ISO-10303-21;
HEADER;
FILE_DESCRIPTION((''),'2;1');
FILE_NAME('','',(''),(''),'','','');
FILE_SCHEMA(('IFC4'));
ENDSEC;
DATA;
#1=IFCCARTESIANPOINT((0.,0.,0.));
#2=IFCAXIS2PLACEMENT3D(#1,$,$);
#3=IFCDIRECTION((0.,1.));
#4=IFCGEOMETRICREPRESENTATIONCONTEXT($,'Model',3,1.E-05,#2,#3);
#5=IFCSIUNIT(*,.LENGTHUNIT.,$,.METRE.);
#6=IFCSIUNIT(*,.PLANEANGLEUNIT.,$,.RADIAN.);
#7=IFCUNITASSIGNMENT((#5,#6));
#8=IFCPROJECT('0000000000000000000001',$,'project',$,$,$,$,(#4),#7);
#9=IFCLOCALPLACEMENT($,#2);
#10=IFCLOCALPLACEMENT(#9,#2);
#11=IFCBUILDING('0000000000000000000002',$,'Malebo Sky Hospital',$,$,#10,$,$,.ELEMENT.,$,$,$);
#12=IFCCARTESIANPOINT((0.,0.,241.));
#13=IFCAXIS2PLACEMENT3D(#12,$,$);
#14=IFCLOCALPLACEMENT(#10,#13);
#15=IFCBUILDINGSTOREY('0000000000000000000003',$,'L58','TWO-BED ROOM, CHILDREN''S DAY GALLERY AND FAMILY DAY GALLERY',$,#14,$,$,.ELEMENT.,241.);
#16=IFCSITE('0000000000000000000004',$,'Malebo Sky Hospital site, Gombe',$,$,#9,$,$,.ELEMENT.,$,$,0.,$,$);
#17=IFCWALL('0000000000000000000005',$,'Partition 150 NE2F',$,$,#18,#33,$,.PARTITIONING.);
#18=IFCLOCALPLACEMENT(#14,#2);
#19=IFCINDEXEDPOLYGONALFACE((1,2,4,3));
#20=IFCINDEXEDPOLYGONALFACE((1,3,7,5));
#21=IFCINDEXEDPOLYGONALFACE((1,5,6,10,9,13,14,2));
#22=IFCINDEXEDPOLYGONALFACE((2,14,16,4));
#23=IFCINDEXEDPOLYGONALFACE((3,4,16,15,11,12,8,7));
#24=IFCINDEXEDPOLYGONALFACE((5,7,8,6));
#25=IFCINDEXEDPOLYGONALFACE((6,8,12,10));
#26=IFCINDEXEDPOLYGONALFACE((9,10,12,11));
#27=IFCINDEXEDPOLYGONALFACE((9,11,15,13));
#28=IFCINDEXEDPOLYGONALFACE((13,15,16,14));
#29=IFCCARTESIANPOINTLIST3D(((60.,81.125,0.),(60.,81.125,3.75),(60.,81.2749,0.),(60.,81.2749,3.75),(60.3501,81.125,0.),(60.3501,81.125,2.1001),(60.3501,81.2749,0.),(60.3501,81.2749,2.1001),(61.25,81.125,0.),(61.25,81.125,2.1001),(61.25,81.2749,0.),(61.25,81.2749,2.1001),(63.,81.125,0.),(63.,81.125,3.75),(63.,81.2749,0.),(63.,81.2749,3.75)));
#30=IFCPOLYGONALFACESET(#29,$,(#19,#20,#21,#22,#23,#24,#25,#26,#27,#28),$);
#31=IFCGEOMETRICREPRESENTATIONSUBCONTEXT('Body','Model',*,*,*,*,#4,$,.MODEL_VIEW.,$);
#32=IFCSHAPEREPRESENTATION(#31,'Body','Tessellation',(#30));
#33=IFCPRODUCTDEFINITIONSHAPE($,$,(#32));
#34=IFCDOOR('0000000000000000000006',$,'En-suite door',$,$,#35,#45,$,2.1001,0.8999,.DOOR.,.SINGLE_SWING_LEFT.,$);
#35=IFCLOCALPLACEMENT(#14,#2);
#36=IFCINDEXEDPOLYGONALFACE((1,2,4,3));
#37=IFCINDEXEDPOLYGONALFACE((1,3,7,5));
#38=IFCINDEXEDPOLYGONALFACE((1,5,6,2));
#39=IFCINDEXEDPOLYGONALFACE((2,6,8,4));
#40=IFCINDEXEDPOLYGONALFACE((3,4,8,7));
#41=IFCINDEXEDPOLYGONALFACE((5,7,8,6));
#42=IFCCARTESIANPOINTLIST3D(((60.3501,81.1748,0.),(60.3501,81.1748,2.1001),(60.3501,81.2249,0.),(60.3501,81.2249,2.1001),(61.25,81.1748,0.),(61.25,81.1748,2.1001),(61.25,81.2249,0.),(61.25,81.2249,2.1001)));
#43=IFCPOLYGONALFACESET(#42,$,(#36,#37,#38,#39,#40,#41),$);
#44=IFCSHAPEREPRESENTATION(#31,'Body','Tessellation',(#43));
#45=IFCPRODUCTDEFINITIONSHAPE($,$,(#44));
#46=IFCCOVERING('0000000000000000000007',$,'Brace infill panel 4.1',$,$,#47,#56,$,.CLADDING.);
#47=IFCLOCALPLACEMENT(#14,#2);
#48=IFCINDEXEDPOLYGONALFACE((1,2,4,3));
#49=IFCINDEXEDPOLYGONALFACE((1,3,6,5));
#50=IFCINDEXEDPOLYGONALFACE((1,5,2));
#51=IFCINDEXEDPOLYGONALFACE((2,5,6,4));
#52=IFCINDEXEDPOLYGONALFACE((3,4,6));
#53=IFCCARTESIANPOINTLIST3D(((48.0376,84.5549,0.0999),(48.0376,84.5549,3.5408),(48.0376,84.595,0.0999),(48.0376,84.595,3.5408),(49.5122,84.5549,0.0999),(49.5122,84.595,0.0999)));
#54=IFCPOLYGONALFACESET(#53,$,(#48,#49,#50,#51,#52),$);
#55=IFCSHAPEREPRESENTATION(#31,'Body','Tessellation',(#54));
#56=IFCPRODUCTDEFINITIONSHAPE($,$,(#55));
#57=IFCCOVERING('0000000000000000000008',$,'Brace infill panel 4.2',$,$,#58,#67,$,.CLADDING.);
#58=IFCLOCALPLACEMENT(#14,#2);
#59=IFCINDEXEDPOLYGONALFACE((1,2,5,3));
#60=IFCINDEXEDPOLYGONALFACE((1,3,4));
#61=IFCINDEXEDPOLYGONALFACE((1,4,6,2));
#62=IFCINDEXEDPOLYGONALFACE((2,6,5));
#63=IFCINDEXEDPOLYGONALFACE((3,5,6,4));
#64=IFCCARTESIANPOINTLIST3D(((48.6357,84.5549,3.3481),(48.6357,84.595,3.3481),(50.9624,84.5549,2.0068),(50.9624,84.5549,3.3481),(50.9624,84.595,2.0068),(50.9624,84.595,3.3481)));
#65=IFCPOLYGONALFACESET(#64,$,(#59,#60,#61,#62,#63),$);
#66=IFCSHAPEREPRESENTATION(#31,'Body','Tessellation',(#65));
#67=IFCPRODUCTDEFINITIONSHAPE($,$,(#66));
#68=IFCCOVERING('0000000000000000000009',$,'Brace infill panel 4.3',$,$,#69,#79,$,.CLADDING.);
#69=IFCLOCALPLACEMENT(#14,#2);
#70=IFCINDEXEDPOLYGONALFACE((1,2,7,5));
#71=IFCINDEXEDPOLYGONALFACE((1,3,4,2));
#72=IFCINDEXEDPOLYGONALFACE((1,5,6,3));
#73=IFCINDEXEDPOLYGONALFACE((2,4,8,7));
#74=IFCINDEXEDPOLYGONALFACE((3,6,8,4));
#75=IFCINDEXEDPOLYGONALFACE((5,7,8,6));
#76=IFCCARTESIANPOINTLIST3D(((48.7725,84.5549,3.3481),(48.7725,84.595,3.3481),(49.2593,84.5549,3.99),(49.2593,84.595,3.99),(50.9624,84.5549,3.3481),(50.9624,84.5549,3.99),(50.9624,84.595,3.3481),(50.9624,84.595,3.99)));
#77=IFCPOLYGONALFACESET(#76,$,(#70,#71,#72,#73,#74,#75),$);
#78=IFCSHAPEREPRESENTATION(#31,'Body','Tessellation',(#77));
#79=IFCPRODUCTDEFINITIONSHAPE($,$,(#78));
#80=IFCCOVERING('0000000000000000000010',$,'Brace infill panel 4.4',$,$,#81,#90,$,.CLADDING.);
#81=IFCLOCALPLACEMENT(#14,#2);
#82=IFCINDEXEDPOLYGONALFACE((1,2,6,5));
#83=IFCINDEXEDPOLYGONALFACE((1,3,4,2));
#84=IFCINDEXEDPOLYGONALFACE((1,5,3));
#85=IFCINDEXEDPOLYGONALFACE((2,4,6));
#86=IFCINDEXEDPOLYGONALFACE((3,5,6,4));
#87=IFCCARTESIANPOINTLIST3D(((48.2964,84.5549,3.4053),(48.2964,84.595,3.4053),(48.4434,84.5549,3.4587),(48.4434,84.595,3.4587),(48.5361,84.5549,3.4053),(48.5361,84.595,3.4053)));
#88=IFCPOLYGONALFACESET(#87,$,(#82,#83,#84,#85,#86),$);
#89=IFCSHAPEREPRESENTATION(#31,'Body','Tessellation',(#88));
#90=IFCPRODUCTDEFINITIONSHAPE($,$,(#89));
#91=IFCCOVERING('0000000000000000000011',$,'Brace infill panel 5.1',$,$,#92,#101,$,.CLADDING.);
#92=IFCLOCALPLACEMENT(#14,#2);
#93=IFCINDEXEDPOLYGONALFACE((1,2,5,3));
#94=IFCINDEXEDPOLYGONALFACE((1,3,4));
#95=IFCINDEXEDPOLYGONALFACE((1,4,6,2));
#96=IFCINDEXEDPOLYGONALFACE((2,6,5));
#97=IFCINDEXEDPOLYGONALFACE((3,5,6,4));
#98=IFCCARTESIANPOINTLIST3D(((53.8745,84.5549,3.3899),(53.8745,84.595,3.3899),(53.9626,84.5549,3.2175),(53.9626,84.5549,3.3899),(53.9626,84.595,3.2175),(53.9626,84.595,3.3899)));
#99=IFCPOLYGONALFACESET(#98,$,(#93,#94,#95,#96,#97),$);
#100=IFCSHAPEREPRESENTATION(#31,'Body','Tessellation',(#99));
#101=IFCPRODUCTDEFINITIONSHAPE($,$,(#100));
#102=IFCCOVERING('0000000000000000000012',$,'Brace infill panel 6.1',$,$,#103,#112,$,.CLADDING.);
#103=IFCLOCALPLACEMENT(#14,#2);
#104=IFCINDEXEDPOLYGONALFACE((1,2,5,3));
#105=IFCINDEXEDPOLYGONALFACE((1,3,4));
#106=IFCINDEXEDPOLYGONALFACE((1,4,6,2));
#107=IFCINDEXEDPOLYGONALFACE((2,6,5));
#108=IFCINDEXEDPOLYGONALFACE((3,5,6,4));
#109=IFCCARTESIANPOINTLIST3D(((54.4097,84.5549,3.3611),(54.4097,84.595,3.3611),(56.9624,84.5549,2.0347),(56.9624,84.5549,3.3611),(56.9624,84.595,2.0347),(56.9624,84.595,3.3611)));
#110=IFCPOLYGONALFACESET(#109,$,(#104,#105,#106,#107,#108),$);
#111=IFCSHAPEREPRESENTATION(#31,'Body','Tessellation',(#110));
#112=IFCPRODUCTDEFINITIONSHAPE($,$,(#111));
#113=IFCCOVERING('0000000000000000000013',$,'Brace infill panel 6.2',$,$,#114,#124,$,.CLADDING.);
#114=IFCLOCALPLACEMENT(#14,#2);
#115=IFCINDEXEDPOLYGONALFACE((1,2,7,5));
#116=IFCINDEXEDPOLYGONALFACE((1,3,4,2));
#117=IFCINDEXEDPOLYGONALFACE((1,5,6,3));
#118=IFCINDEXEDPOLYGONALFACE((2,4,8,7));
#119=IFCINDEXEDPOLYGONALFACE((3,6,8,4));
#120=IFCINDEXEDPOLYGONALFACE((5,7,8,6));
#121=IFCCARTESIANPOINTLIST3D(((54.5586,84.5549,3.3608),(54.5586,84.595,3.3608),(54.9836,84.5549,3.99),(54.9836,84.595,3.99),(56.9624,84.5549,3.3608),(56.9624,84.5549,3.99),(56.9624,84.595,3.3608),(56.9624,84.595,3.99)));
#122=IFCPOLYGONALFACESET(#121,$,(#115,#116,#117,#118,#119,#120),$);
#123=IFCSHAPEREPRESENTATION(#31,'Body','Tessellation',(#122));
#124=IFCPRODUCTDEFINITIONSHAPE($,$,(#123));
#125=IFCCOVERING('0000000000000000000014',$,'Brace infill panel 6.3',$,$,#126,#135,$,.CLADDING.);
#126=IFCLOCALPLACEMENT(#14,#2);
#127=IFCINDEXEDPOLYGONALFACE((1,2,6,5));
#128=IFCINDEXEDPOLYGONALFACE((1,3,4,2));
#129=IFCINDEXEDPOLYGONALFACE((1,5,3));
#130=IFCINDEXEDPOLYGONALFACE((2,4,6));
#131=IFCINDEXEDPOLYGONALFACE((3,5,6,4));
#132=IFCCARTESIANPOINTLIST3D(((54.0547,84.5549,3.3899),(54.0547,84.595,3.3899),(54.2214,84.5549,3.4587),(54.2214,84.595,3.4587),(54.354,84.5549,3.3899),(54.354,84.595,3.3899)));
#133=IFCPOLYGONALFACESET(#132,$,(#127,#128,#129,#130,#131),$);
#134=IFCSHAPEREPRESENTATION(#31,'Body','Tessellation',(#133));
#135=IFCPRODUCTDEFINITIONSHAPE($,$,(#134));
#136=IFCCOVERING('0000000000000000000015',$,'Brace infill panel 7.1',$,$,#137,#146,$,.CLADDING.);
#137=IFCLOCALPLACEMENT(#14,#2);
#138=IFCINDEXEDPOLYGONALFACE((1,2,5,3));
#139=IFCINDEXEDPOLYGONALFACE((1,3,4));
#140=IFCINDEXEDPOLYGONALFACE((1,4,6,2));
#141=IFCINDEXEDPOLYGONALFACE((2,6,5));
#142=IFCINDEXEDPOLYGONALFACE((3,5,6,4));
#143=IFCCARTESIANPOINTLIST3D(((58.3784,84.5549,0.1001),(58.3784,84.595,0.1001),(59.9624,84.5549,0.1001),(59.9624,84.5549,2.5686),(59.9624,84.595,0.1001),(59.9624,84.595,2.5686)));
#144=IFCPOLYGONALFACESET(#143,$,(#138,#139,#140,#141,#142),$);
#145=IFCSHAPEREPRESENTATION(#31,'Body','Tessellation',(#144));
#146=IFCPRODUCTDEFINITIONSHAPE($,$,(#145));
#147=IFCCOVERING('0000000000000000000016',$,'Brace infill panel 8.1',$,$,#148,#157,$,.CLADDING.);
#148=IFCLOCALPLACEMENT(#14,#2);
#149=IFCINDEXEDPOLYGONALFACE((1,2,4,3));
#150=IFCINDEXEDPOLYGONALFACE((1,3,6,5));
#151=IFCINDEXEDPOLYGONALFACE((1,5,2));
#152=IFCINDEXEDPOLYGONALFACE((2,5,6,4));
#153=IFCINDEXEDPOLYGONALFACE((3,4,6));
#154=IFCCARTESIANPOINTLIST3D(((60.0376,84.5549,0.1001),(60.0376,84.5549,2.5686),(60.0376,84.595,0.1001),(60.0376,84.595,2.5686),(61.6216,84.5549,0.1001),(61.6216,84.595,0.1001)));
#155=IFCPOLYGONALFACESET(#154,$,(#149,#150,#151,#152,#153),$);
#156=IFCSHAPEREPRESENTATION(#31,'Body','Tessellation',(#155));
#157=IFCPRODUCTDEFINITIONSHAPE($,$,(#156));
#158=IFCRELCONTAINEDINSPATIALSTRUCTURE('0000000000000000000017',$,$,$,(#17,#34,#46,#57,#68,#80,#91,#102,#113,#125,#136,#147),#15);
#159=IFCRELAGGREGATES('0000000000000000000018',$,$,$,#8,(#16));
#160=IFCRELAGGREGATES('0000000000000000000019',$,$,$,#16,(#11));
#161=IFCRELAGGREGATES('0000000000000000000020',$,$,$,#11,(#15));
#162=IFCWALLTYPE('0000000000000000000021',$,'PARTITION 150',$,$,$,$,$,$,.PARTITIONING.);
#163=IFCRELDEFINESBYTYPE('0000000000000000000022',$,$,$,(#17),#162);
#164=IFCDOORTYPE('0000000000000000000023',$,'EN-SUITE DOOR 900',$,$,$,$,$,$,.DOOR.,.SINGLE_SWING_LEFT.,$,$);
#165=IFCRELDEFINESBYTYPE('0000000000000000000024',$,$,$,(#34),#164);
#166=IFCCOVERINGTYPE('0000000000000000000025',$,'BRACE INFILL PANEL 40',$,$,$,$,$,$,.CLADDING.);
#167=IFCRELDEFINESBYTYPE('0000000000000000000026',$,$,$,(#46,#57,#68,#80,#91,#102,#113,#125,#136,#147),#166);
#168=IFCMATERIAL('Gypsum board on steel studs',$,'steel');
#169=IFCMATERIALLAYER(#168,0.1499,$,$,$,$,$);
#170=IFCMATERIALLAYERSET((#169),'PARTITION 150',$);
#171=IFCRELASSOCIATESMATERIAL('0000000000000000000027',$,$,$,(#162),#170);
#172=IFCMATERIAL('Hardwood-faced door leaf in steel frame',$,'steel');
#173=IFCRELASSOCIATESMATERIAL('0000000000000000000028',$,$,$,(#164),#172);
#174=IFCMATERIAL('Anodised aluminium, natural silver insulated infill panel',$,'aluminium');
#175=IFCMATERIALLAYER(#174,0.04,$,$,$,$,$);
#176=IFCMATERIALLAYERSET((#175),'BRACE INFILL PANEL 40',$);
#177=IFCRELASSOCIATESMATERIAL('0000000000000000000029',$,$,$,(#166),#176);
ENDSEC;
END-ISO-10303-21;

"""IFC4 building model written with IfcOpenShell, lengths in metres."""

from ifc_helpers import new_model, si_unit, direction, frame, frame_2d, origin, place, context, subcontext, project, spatial, polyline, rectangle, outline, extrude, material, layer, layer_set, type_object, element, fill, save


model = new_model("IFC4")

# Units and contexts
model_context = context("Model", 3, precision=1e-05, world=origin(), true_north=direction((0.0, 1.0)))
body_context = subcontext(model_context, "Body", "Model", "MODEL_VIEW")
ifc_project = project(units=[si_unit("LENGTHUNIT", "METRE"), si_unit("PLANEANGLEUNIT", "RADIAN")], contexts=[model_context])

# Site, building, storey
site_placement = place(None, origin())
site = spatial("IfcSite", under=ifc_project, at=site_placement, Name="Malebo Sky Hospital site, Gombe", CompositionType="ELEMENT", RefElevation=0.0)
building_placement = place(site_placement, origin())
building = spatial("IfcBuilding", under=site, at=building_placement, Name="Malebo Sky Hospital", CompositionType="ELEMENT")
storey_placement = place(building_placement, frame((0.0, 0.0, 241.0)))
storey = spatial("IfcBuildingStorey", under=building, at=storey_placement, Name="L58", Description="TWO-BED ROOM, CHILDREN'S DAY GALLERY AND FAMILY DAY GALLERY", CompositionType="ELEMENT", Elevation=241.0)

# Shared definitions
ifc_material_1 = material(Name="Gypsum board on steel studs", Category="steel")
ifc_layer_1 = layer(ifc_material_1, 0.1499)
ifc_layer_set_1 = layer_set([ifc_layer_1], Name="PARTITION 150")
wall_type = type_object("IfcWallType", Name="PARTITION 150", PredefinedType="PARTITIONING", material=ifc_layer_set_1)

# Wall, opening, door
ifc_material_2 = material(Name="Hardwood-faced door leaf in steel frame", Category="steel")
door_type = type_object("IfcDoorType", Name="EN-SUITE DOOR 900", OperationType="SINGLE_SWING_LEFT", PredefinedType="DOOR", material=ifc_material_2)
wall_1_placement = place(storey_placement, frame((60.0, 81.2, 0.0), z_axis=(0.0, 0.0, 1.0), x_axis=(1.0, 0.0, 0.0)))
wall_1 = element("IfcWall", 1, at=wall_1_placement, inside=storey, type_object=wall_type, Name="Partition 150 NE2F", PredefinedType="PARTITIONING", context=body_context, shape_type="SweptSolid", body=[
    extrude(rectangle(XDim=3.0, YDim=0.1499, at=frame_2d((1.5, 0.0))), origin(), (0.0, 0.0, 1.0), 3.75),
])
opening_1_placement = place(wall_1_placement, frame((0.3501, 0.0, 0.0)))
opening_1 = element("IfcOpeningElement", 2, at=opening_1_placement, cuts=wall_1, PredefinedType="OPENING", context=body_context, shape_type="SweptSolid", body=[
    extrude(rectangle(XDim=0.8999, YDim=2.1001, at=frame_2d((0.45, 1.05))), frame((0.0, 0.085, 0.0), z_axis=(0.0, -1.0, 0.0), x_axis=(1.0, 0.0, 0.0)), (0.0, 0.0, 1.0), 0.1699),
])
door_1_placement = place(opening_1_placement, origin())
door_1 = element("IfcDoor", 3, at=door_1_placement, inside=storey, type_object=door_type, Name="En-suite door", OperationType="SINGLE_SWING_LEFT", OverallHeight=2.1001, OverallWidth=0.8999, PredefinedType="DOOR", context=body_context, shape_type="SweptSolid", body=[
    extrude(rectangle(XDim=0.8999, YDim=2.1001, at=frame_2d((0.45, 1.05))), frame((0.0, 0.0249, 0.0), z_axis=(0.0, -1.0, 0.0), x_axis=(1.0, 0.0, 0.0)), (0.0, 0.0, 1.0), 0.05),
])
fill(opening_1, door_1)

# Coverings
ifc_material_3 = material(Name="Anodised aluminium, natural silver insulated infill panel", Category="aluminium")
ifc_layer_2 = layer(ifc_material_3, 0.04)
ifc_layer_set_2 = layer_set([ifc_layer_2], Name="BRACE INFILL PANEL 40")
covering_type = type_object("IfcCoveringType", Name="BRACE INFILL PANEL 40", PredefinedType="CLADDING", material=ifc_layer_set_2)
covering_1_placement = place(storey_placement, frame((48.7749, 84.575, 0.0999), z_axis=(0.0, 0.0, 1.0), x_axis=(1.0, 0.0, 0.0)))
element("IfcCovering", 4, at=covering_1_placement, inside=storey, type_object=covering_type, Name="Brace infill panel 4.1", PredefinedType="CLADDING", context=body_context, shape_type="SweptSolid", body=[
    extrude(outline(polyline([(-0.7373, 0.0), (0.7373, 0.0), (-0.7373, 3.4409), (-0.7373, 0.0)])), frame((0.0, 0.02, 0.0), z_axis=(0.0, -1.0, 0.0), x_axis=(1.0, 0.0, 0.0)), (0.0, 0.0, 1.0), 0.04),
])
covering_2_placement = place(storey_placement, frame((49.7991, 84.575, 2.0068), z_axis=(0.0, 0.0, 1.0), x_axis=(1.0, 0.0, 0.0)))
element("IfcCovering", 5, at=covering_2_placement, inside=storey, type_object=covering_type, Name="Brace infill panel 4.2", PredefinedType="CLADDING", context=body_context, shape_type="SweptSolid", body=[
    extrude(outline(polyline([(1.1633, 0.0), (1.1633, 1.3413), (-1.1633, 1.3413), (1.1633, 0.0)])), frame((0.0, 0.02, 0.0), z_axis=(0.0, -1.0, 0.0), x_axis=(1.0, 0.0, 0.0)), (0.0, 0.0, 1.0), 0.04),
])
covering_3_placement = place(storey_placement, frame((49.8674, 84.575, 3.3481), z_axis=(0.0, 0.0, 1.0), x_axis=(1.0, 0.0, 0.0)))
element("IfcCovering", 6, at=covering_3_placement, inside=storey, type_object=covering_type, Name="Brace infill panel 4.3", PredefinedType="CLADDING", context=body_context, shape_type="SweptSolid", body=[
    extrude(outline(polyline([(-1.095, 0.0), (1.095, 0.0), (1.095, 0.6418), (-0.6082, 0.6418), (-1.095, 0.0)])), frame((0.0, 0.02, 0.0), z_axis=(0.0, -1.0, 0.0), x_axis=(1.0, 0.0, 0.0)), (0.0, 0.0, 1.0), 0.04),
])
covering_4_placement = place(storey_placement, frame((48.4163, 84.575, 3.4053), z_axis=(0.0, 0.0, 1.0), x_axis=(1.0, 0.0, 0.0)))
element("IfcCovering", 7, at=covering_4_placement, inside=storey, type_object=covering_type, Name="Brace infill panel 4.4", PredefinedType="CLADDING", context=body_context, shape_type="SweptSolid", body=[
    extrude(outline(polyline([(-0.1199, 0.0), (0.1199, 0.0), (0.0271, 0.0535), (-0.1199, 0.0)])), frame((0.0, 0.02, 0.0), z_axis=(0.0, -1.0, 0.0), x_axis=(1.0, 0.0, 0.0)), (0.0, 0.0, 1.0), 0.04),
])
covering_5_placement = place(storey_placement, frame((53.9185, 84.575, 3.2175), z_axis=(0.0, 0.0, 1.0), x_axis=(1.0, 0.0, 0.0)))
element("IfcCovering", 8, at=covering_5_placement, inside=storey, type_object=covering_type, Name="Brace infill panel 5.1", PredefinedType="CLADDING", context=body_context, shape_type="SweptSolid", body=[
    extrude(outline(polyline([(0.0442, 0.0), (0.0442, 0.1724), (-0.0439, 0.1724), (0.0442, 0.0)])), frame((0.0, 0.02, 0.0), z_axis=(0.0, -1.0, 0.0), x_axis=(1.0, 0.0, 0.0)), (0.0, 0.0, 1.0), 0.04),
])
covering_6_placement = place(storey_placement, frame((55.686, 84.575, 2.0347), z_axis=(0.0, 0.0, 1.0), x_axis=(1.0, 0.0, 0.0)))
element("IfcCovering", 9, at=covering_6_placement, inside=storey, type_object=covering_type, Name="Brace infill panel 6.1", PredefinedType="CLADDING", context=body_context, shape_type="SweptSolid", body=[
    extrude(outline(polyline([(1.2764, 0.0), (1.2764, 1.3264), (-1.2764, 1.3264), (1.2764, 0.0)])), frame((0.0, 0.02, 0.0), z_axis=(0.0, -1.0, 0.0), x_axis=(1.0, 0.0, 0.0)), (0.0, 0.0, 1.0), 0.04),
])
covering_7_placement = place(storey_placement, frame((55.7605, 84.575, 3.3608), z_axis=(0.0, 0.0, 1.0), x_axis=(1.0, 0.0, 0.0)))
element("IfcCovering", 10, at=covering_7_placement, inside=storey, type_object=covering_type, Name="Brace infill panel 6.2", PredefinedType="CLADDING", context=body_context, shape_type="SweptSolid", body=[
    extrude(outline(polyline([(-1.2019, 0.0), (1.2019, 0.0), (1.2019, 0.6292), (-0.7769, 0.6292), (-1.2019, 0.0)])), frame((0.0, 0.02, 0.0), z_axis=(0.0, -1.0, 0.0), x_axis=(1.0, 0.0, 0.0)), (0.0, 0.0, 1.0), 0.04),
])
covering_8_placement = place(storey_placement, frame((54.2043, 84.575, 3.3899), z_axis=(0.0, 0.0, 1.0), x_axis=(1.0, 0.0, 0.0)))
element("IfcCovering", 11, at=covering_8_placement, inside=storey, type_object=covering_type, Name="Brace infill panel 6.3", PredefinedType="CLADDING", context=body_context, shape_type="SweptSolid", body=[
    extrude(outline(polyline([(-0.1497, 0.0), (0.1497, 0.0), (0.0171, 0.0688), (-0.1497, 0.0)])), frame((0.0, 0.02, 0.0), z_axis=(0.0, -1.0, 0.0), x_axis=(1.0, 0.0, 0.0)), (0.0, 0.0, 1.0), 0.04),
])
covering_9_placement = place(storey_placement, frame((59.1704, 84.575, 0.1001), z_axis=(0.0, 0.0, 1.0), x_axis=(1.0, 0.0, 0.0)))
element("IfcCovering", 12, at=covering_9_placement, inside=storey, type_object=covering_type, Name="Brace infill panel 7.1", PredefinedType="CLADDING", context=body_context, shape_type="SweptSolid", body=[
    extrude(outline(polyline([(-0.792, 0.0), (0.792, 0.0), (0.792, 2.4685), (-0.792, 0.0)])), frame((0.0, 0.02, 0.0), z_axis=(0.0, -1.0, 0.0), x_axis=(1.0, 0.0, 0.0)), (0.0, 0.0, 1.0), 0.04),
])
covering_10_placement = place(storey_placement, frame((60.8296, 84.575, 0.1001), z_axis=(0.0, 0.0, 1.0), x_axis=(1.0, 0.0, 0.0)))
element("IfcCovering", 13, at=covering_10_placement, inside=storey, type_object=covering_type, Name="Brace infill panel 8.1", PredefinedType="CLADDING", context=body_context, shape_type="SweptSolid", body=[
    extrude(outline(polyline([(-0.792, 0.0), (0.792, 0.0), (-0.792, 2.4685), (-0.792, 0.0)])), frame((0.0, 0.02, 0.0), z_axis=(0.0, -1.0, 0.0), x_axis=(1.0, 0.0, 0.0)), (0.0, 0.0, 1.0), 0.04),
])

save(model, "model.ifc")
